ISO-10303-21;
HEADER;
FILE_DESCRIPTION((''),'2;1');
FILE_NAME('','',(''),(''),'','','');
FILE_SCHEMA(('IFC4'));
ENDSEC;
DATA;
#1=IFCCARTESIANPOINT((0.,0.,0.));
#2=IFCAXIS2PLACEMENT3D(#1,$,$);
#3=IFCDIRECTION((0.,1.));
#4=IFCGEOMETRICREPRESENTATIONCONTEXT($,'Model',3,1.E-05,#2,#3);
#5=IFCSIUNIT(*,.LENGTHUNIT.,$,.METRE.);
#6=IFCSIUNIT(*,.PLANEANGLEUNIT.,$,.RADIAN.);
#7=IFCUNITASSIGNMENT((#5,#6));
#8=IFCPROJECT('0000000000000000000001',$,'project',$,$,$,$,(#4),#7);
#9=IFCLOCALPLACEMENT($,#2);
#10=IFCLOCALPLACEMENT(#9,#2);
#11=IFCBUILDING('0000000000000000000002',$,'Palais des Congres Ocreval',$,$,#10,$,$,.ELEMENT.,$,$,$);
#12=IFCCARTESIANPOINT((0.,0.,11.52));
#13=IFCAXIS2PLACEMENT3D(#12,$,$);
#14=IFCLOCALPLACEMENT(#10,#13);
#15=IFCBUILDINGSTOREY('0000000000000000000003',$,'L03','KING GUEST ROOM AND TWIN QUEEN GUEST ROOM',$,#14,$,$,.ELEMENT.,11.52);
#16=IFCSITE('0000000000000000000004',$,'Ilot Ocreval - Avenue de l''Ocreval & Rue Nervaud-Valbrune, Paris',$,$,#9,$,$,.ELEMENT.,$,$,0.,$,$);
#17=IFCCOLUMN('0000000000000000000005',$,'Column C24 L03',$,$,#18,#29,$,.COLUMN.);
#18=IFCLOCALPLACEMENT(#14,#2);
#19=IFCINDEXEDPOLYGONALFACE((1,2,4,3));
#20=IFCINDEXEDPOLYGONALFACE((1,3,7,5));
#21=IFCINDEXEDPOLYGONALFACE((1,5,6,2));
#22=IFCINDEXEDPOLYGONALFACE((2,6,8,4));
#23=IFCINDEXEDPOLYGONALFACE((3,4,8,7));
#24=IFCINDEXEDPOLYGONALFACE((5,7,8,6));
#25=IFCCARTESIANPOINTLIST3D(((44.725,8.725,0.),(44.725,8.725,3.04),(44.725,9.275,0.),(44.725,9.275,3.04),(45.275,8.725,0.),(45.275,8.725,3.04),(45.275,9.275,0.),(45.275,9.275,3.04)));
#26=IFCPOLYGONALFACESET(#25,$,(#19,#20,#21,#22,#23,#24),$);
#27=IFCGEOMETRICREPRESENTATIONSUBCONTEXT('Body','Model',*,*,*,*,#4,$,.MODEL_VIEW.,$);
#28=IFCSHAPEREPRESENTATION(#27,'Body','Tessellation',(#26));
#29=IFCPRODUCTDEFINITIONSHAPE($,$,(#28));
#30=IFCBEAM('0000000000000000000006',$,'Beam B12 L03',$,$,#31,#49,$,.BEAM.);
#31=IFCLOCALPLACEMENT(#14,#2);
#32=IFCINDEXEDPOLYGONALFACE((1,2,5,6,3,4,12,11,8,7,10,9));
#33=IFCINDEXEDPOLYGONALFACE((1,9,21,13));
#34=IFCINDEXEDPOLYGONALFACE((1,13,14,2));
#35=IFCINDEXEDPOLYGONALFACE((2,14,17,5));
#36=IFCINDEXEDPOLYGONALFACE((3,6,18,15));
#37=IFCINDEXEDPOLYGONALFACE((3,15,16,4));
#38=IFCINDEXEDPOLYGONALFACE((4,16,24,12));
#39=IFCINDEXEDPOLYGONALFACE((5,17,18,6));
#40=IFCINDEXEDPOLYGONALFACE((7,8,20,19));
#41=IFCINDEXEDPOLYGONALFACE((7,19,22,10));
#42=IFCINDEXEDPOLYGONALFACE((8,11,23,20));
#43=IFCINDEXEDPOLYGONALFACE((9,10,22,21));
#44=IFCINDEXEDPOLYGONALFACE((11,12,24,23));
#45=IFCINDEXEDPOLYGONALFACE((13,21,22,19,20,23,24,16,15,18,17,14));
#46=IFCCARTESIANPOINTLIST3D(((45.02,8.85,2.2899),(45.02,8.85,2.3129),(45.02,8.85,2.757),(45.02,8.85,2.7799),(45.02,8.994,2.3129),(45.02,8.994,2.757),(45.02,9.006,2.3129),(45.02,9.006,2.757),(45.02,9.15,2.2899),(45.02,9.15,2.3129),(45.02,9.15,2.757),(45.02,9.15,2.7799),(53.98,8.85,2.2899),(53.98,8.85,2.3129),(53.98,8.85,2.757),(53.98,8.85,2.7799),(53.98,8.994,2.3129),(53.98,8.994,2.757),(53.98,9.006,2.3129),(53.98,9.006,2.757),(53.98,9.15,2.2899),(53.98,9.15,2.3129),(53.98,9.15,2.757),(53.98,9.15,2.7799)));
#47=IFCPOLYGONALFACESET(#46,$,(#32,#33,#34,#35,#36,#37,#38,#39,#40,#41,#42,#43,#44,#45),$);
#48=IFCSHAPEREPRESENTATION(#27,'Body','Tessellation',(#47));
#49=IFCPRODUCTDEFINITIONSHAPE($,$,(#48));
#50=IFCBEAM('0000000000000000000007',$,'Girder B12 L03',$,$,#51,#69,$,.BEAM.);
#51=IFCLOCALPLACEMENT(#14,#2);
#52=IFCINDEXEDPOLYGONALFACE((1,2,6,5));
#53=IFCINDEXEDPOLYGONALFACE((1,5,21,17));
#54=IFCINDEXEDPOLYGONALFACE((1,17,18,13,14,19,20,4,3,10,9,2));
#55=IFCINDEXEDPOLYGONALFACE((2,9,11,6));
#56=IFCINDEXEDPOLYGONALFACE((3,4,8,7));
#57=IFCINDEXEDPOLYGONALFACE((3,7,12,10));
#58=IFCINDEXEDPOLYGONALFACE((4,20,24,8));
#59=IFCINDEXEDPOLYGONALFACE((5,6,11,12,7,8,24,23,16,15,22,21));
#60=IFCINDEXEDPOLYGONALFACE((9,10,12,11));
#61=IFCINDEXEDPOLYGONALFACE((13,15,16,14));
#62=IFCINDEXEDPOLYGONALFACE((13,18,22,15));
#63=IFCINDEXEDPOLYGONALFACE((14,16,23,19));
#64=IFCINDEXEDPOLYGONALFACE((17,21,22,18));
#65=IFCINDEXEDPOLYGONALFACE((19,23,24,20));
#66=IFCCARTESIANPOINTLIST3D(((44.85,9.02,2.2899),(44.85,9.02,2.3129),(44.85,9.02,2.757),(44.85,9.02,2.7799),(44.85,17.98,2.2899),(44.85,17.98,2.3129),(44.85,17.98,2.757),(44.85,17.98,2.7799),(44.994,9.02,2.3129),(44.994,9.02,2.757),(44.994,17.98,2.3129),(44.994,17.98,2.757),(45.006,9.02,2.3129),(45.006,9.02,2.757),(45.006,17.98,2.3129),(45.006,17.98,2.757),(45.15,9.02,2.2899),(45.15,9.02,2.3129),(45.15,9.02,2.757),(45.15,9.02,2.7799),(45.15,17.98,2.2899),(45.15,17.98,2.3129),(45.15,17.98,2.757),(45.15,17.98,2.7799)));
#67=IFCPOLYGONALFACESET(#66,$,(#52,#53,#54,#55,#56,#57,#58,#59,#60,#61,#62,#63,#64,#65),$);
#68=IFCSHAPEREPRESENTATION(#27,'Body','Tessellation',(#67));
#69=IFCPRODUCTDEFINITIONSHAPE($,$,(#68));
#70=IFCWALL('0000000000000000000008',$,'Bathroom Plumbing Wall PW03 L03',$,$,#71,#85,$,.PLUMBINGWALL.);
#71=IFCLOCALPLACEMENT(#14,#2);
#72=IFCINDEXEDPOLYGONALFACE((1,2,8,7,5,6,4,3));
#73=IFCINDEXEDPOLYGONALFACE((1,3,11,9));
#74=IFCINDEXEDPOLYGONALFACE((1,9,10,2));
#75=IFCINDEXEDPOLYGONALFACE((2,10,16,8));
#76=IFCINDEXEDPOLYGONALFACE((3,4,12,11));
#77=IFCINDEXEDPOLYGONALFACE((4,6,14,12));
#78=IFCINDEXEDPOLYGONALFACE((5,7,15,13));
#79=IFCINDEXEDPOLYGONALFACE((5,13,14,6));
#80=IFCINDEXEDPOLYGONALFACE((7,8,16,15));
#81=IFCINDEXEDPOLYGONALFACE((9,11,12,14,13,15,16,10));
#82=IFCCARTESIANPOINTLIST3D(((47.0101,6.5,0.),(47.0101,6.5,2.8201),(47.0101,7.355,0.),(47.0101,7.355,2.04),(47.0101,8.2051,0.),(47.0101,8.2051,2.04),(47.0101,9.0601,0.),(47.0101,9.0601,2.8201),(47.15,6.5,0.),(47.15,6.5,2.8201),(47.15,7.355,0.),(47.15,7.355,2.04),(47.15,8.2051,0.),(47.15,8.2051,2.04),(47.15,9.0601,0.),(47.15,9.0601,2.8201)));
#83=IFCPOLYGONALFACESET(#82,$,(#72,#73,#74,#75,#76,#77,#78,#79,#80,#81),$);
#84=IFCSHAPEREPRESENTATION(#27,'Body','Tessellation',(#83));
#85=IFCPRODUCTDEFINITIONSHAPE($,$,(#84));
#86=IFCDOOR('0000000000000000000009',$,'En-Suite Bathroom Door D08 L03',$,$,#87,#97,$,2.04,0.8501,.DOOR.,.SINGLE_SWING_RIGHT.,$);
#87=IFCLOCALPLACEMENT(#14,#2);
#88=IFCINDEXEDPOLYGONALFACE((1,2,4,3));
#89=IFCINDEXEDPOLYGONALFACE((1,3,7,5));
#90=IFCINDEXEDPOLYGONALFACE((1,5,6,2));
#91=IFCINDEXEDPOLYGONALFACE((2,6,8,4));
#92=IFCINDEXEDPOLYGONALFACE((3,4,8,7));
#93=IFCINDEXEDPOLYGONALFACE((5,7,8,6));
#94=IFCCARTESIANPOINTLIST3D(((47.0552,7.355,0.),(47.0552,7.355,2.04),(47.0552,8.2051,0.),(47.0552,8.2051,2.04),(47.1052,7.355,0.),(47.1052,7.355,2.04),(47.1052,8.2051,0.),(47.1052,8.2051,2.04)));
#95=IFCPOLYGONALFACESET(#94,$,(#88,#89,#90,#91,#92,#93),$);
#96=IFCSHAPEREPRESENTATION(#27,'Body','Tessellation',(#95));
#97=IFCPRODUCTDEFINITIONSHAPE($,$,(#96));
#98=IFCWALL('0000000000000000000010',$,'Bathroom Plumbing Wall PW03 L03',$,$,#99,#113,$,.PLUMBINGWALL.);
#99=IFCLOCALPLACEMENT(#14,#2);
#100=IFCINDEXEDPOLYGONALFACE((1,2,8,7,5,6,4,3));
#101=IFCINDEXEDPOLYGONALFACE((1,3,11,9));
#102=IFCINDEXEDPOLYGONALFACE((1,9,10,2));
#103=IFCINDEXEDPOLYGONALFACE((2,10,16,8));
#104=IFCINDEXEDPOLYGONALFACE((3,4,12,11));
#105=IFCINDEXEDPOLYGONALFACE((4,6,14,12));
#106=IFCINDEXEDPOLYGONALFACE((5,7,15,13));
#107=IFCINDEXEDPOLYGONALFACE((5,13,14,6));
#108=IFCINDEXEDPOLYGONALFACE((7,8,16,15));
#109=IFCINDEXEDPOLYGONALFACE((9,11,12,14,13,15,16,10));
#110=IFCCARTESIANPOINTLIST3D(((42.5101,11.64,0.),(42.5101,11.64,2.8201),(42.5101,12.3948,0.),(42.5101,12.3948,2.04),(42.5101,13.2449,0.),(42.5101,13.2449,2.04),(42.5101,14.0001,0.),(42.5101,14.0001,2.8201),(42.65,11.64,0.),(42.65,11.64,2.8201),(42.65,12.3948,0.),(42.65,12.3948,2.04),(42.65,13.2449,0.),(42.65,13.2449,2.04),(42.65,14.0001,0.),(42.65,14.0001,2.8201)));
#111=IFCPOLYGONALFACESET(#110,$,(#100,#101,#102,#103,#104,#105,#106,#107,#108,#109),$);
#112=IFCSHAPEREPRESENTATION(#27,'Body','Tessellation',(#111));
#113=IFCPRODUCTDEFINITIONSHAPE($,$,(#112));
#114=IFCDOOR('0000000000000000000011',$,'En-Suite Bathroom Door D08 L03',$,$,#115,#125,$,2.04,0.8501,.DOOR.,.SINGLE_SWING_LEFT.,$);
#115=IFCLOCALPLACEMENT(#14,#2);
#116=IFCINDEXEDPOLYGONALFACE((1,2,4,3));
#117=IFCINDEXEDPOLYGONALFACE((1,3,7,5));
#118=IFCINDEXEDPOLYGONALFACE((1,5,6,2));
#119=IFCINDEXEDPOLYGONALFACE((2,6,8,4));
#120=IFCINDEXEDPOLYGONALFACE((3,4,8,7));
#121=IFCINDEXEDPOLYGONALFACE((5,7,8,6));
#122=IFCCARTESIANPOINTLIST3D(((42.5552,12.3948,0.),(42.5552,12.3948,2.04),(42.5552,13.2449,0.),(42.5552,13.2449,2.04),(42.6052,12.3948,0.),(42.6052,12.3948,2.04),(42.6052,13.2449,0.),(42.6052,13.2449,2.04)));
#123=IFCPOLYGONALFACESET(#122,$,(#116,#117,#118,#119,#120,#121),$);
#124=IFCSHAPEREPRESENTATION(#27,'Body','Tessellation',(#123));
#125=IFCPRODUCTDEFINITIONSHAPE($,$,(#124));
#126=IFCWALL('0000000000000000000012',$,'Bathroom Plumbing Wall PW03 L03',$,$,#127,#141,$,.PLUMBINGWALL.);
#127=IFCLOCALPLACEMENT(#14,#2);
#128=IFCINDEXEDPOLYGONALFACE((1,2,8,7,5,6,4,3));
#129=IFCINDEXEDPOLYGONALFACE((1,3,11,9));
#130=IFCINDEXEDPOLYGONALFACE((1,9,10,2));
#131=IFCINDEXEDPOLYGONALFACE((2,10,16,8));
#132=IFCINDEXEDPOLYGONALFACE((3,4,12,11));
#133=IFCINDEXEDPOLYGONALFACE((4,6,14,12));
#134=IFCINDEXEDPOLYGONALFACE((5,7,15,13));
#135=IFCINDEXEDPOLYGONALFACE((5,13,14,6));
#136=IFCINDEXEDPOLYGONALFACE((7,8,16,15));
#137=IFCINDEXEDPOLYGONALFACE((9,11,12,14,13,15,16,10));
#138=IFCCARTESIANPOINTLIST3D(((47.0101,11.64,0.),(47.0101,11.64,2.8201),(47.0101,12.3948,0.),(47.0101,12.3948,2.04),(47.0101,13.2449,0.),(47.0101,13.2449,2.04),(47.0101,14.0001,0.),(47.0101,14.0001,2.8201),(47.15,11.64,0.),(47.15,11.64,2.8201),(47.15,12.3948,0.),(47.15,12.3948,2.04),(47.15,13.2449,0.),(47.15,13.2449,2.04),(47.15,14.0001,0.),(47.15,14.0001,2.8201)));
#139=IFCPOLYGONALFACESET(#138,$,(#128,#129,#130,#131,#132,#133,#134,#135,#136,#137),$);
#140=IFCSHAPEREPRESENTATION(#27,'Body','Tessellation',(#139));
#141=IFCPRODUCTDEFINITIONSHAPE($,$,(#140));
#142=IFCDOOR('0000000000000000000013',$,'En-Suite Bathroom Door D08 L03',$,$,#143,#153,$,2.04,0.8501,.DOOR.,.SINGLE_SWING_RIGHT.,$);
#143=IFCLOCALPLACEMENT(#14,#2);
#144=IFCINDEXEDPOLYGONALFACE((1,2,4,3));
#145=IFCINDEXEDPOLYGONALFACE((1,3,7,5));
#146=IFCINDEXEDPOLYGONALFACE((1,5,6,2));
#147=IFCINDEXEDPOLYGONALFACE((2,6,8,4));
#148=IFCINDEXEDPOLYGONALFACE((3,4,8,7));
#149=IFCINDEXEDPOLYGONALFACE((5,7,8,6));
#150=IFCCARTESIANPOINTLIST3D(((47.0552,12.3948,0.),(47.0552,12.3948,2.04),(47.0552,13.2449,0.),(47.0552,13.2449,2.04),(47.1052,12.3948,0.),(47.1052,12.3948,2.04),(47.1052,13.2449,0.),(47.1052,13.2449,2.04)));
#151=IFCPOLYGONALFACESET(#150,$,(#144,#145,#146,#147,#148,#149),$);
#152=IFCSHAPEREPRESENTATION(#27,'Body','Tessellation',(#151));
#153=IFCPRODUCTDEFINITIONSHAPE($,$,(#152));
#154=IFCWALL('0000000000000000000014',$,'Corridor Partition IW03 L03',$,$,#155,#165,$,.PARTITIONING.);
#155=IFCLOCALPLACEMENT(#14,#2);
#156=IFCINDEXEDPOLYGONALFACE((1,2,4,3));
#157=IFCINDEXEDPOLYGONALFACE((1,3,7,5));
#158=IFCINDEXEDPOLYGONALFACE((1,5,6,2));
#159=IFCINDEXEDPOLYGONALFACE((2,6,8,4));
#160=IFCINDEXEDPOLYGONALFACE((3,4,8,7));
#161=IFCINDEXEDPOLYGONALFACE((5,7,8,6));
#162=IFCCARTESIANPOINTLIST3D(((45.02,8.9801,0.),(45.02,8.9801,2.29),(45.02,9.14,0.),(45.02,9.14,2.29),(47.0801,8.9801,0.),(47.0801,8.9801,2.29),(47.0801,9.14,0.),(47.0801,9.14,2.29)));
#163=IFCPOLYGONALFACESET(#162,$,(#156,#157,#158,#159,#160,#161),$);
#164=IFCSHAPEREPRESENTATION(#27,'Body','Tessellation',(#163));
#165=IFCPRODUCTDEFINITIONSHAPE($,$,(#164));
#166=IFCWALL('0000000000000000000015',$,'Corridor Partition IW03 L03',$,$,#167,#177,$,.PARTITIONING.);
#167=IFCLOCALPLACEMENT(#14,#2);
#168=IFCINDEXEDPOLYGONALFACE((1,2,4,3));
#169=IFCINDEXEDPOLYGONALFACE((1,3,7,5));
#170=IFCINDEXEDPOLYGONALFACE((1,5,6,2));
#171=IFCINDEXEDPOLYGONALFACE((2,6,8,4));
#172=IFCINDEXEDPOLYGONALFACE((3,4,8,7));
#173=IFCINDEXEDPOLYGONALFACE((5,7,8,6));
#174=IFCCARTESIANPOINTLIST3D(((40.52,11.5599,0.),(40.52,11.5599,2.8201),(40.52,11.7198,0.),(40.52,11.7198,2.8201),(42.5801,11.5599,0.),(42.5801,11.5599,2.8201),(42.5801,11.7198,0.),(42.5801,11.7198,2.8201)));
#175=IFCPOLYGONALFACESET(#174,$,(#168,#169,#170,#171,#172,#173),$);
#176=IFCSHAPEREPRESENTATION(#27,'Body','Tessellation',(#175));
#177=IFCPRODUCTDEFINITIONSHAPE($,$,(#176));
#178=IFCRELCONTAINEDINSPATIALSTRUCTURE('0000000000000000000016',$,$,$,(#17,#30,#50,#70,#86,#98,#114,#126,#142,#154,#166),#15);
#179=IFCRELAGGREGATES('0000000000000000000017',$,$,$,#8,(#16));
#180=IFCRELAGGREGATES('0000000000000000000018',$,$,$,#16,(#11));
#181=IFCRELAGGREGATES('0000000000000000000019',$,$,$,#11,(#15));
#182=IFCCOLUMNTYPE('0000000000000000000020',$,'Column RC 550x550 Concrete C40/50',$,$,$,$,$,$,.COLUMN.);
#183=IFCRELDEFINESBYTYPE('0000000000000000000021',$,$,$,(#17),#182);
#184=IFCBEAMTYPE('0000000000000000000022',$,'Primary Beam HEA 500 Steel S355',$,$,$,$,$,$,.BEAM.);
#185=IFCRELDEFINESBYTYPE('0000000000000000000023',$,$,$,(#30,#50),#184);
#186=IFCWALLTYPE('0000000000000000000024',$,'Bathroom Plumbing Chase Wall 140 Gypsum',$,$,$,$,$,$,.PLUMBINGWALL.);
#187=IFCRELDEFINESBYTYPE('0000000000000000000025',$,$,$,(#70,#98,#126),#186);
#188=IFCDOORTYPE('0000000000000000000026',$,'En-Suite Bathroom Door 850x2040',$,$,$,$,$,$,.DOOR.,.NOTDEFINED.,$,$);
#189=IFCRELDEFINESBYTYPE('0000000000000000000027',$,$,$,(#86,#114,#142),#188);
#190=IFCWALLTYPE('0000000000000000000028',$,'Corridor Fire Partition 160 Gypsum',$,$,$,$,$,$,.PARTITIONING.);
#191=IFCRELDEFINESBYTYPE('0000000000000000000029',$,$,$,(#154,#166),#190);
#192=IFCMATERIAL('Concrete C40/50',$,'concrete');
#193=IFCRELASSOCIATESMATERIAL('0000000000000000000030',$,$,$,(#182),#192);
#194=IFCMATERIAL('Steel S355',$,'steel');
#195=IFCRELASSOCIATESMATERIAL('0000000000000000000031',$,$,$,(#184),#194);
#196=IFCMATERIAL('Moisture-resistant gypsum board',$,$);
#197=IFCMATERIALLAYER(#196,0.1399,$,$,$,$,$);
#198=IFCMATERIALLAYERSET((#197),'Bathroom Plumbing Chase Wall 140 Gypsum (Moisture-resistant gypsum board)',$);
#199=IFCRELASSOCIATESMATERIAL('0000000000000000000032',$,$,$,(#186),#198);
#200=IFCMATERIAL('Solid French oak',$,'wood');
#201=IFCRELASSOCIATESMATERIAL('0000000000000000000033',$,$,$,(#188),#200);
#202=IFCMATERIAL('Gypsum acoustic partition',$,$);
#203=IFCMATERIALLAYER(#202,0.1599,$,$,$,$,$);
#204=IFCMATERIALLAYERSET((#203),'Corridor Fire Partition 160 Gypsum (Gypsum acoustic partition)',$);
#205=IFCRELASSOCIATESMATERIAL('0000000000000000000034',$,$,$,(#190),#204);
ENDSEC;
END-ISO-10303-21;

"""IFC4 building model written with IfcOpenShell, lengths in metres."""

from ifc_helpers import new_model, si_unit, direction, frame, frame_2d, origin, origin_2d, place, context, subcontext, project, spatial, rectangle, i_section, extrude, material, layer, layer_set, material_profile, profile_set, type_object, element, fill, save


model = new_model("IFC4")

# Units and contexts
model_context = context("Model", 3, precision=1e-05, world=origin(), true_north=direction((0.0, 1.0)))
body_context = subcontext(model_context, "Body", "Model", "MODEL_VIEW")
ifc_project = project(units=[si_unit("LENGTHUNIT", "METRE"), si_unit("PLANEANGLEUNIT", "RADIAN")], contexts=[model_context])

# Site, building, storey
site_placement = place(None, origin())
site = spatial("IfcSite", under=ifc_project, at=site_placement, Name="Ilot Ocreval - Avenue de l'Ocreval & Rue Nervaud-Valbrune, Paris", CompositionType="ELEMENT", RefElevation=0.0)
building_placement = place(site_placement, origin())
building = spatial("IfcBuilding", under=site, at=building_placement, Name="Palais des Congres Ocreval", CompositionType="ELEMENT")
storey_placement = place(building_placement, frame((0.0, 0.0, 11.52)))
storey = spatial("IfcBuildingStorey", under=building, at=storey_placement, Name="L03", Description="KING GUEST ROOM AND TWIN QUEEN GUEST ROOM", CompositionType="ELEMENT", Elevation=11.52)

# Column
ifc_material_1 = material(Name="Concrete C40/50", Category="concrete")
ifc_material_profile_1 = material_profile(ifc_material_1, rectangle(XDim=0.55, YDim=0.55, at=origin_2d()), Name="RC 550x550")
ifc_profile_set_1 = profile_set([ifc_material_profile_1], Name="Concrete C40/50")
column_type = type_object("IfcColumnType", Name="Column RC 550x550 Concrete C40/50", PredefinedType="COLUMN", material=ifc_profile_set_1)
column_placement = place(storey_placement, frame((45.0, 9.0, 0.0), z_axis=(0.0, 0.0, 1.0), x_axis=(1.0, 0.0, 0.0)))
element("IfcColumn", 1, at=column_placement, inside=storey, type_object=column_type, Name="Column C24 L03", PredefinedType="COLUMN", context=body_context, shape_type="SweptSolid", body=[
    extrude(rectangle(XDim=0.55, YDim=0.55, at=origin_2d()), origin(), (0.0, 0.0, 1.0), 3.04),
])

# Beams
ifc_material_2 = material(Name="Steel S355", Category="steel")
ifc_material_profile_2 = material_profile(ifc_material_2, i_section(OverallWidth=0.3, OverallDepth=0.49, WebThickness=0.012, FlangeThickness=0.0229, at=origin_2d()), Name="HEA 500")
ifc_profile_set_2 = profile_set([ifc_material_profile_2], Name="Steel S355")
beam_type = type_object("IfcBeamType", Name="Primary Beam HEA 500 Steel S355", PredefinedType="BEAM", material=ifc_profile_set_2)
for number, where, z_axis, x_axis, name in (
    (2, (45.02, 9.0, 2.5349), (1.0, 0.0, 0.0), (0.0, 1.0, 0.0), "Beam B12 L03"),
    (3, (45.0, 9.02, 2.5349), (0.0, 1.0, 0.0), (-1.0, 0.0, 0.0), "Girder B12 L03"),
):
    element("IfcBeam", number, at=place(storey_placement, frame(where, z_axis=z_axis, x_axis=x_axis)), inside=storey, type_object=beam_type, Name=name, PredefinedType="BEAM", context=body_context, shape_type="SweptSolid", body=[
        extrude(i_section(OverallWidth=0.3, OverallDepth=0.49, WebThickness=0.012, FlangeThickness=0.0229, at=origin_2d()), origin(), (0.0, 0.0, 1.0), 8.96),
    ])

# Walls, openings, doors
ifc_material_3 = material(Name="Moisture-resistant gypsum board")
ifc_layer_1 = layer(ifc_material_3, 0.1399)
ifc_layer_set_1 = layer_set([ifc_layer_1], Name="Bathroom Plumbing Chase Wall 140 Gypsum (Moisture-resistant gypsum board)")
wall_type_1 = type_object("IfcWallType", Name="Bathroom Plumbing Chase Wall 140 Gypsum", PredefinedType="PLUMBINGWALL", material=ifc_layer_set_1)
wall_1_placement = place(storey_placement, frame((47.0801, 6.5, 0.0), z_axis=(0.0, 0.0, 1.0), x_axis=(0.0, 1.0, 0.0)))
wall_1 = element("IfcWall", 4, at=wall_1_placement, inside=storey, type_object=wall_type_1, Name="Bathroom Plumbing Wall PW03 L03", PredefinedType="PLUMBINGWALL", context=body_context, shape_type="SweptSolid", body=[
    extrude(rectangle(XDim=2.5601, YDim=0.1399, at=frame_2d((1.28, 0.0))), origin(), (0.0, 0.0, 1.0), 2.8201),
])
opening_1_placement = place(wall_1_placement, frame((0.855, 0.0, 0.0)))
opening_1 = element("IfcOpeningElement", 5, at=opening_1_placement, cuts=wall_1, PredefinedType="OPENING", context=body_context, shape_type="SweptSolid", body=[
    extrude(rectangle(XDim=0.8501, YDim=2.04, at=frame_2d((0.425, 1.02))), frame((0.0, 0.0798, 0.0), z_axis=(0.0, -1.0, 0.0), x_axis=(1.0, 0.0, 0.0)), (0.0, 0.0, 1.0), 0.1599),
])
ifc_material_4 = material(Name="Solid French oak", Category="wood")
door_type_1 = type_object("IfcDoorType", Name="En-Suite Bathroom Door 850x2040", OperationType="NOTDEFINED", PredefinedType="DOOR", material=ifc_material_4)
door_1_placement = place(opening_1_placement, origin())
door_1 = element("IfcDoor", 6, at=door_1_placement, inside=storey, type_object=door_type_1, Name="En-Suite Bathroom Door D08 L03", OperationType="SINGLE_SWING_RIGHT", OverallHeight=2.04, OverallWidth=0.8501, PredefinedType="DOOR", context=body_context, shape_type="SweptSolid", body=[
    extrude(rectangle(XDim=0.8501, YDim=2.04, at=frame_2d((0.425, 1.02))), frame((0.0, 0.0249, 0.0), z_axis=(0.0, -1.0, 0.0), x_axis=(1.0, 0.0, 0.0)), (0.0, 0.0, 1.0), 0.05),
])
fill(opening_1, door_1)
wall_2_placement = place(storey_placement, frame((42.5801, 11.6399, 0.0), z_axis=(0.0, 0.0, 1.0), x_axis=(0.0, 1.0, 0.0)))
wall_2 = element("IfcWall", 7, at=wall_2_placement, inside=storey, type_object=wall_type_1, Name="Bathroom Plumbing Wall PW03 L03", PredefinedType="PLUMBINGWALL", context=body_context, shape_type="SweptSolid", body=[
    extrude(rectangle(XDim=2.3601, YDim=0.1399, at=frame_2d((1.1802, 0.0))), origin(), (0.0, 0.0, 1.0), 2.8201),
])
opening_2_placement = place(wall_2_placement, frame((0.7549, 0.0, 0.0)))
opening_2 = element("IfcOpeningElement", 8, at=opening_2_placement, cuts=wall_2, PredefinedType="OPENING", context=body_context, shape_type="SweptSolid", body=[
    extrude(rectangle(XDim=0.8501, YDim=2.04, at=frame_2d((0.425, 1.02))), frame((0.0, 0.0798, 0.0), z_axis=(0.0, -1.0, 0.0), x_axis=(1.0, 0.0, 0.0)), (0.0, 0.0, 1.0), 0.1599),
])
door_2_placement = place(opening_2_placement, origin())
door_2 = element("IfcDoor", 9, at=door_2_placement, inside=storey, type_object=door_type_1, Name="En-Suite Bathroom Door D08 L03", OperationType="SINGLE_SWING_LEFT", OverallHeight=2.04, OverallWidth=0.8501, PredefinedType="DOOR", context=body_context, shape_type="SweptSolid", body=[
    extrude(rectangle(XDim=0.8501, YDim=2.04, at=frame_2d((0.425, 1.02))), frame((0.0, 0.0249, 0.0), z_axis=(0.0, -1.0, 0.0), x_axis=(1.0, 0.0, 0.0)), (0.0, 0.0, 1.0), 0.05),
])
fill(opening_2, door_2)
wall_3_placement = place(storey_placement, frame((47.0801, 11.6399, 0.0), z_axis=(0.0, 0.0, 1.0), x_axis=(0.0, 1.0, 0.0)))
wall_3 = element("IfcWall", 10, at=wall_3_placement, inside=storey, type_object=wall_type_1, Name="Bathroom Plumbing Wall PW03 L03", PredefinedType="PLUMBINGWALL", context=body_context, shape_type="SweptSolid", body=[
    extrude(rectangle(XDim=2.3601, YDim=0.1399, at=frame_2d((1.1802, 0.0))), origin(), (0.0, 0.0, 1.0), 2.8201),
])
opening_3_placement = place(wall_3_placement, frame((0.7549, 0.0, 0.0)))
opening_3 = element("IfcOpeningElement", 11, at=opening_3_placement, cuts=wall_3, PredefinedType="OPENING", context=body_context, shape_type="SweptSolid", body=[
    extrude(rectangle(XDim=0.8501, YDim=2.04, at=frame_2d((0.425, 1.02))), frame((0.0, 0.0798, 0.0), z_axis=(0.0, -1.0, 0.0), x_axis=(1.0, 0.0, 0.0)), (0.0, 0.0, 1.0), 0.1599),
])
door_3_placement = place(opening_3_placement, origin())
door_3 = element("IfcDoor", 12, at=door_3_placement, inside=storey, type_object=door_type_1, Name="En-Suite Bathroom Door D08 L03", OperationType="SINGLE_SWING_RIGHT", OverallHeight=2.04, OverallWidth=0.8501, PredefinedType="DOOR", context=body_context, shape_type="SweptSolid", body=[
    extrude(rectangle(XDim=0.8501, YDim=2.04, at=frame_2d((0.425, 1.02))), frame((0.0, 0.0249, 0.0), z_axis=(0.0, -1.0, 0.0), x_axis=(1.0, 0.0, 0.0)), (0.0, 0.0, 1.0), 0.05),
])
fill(opening_3, door_3)

# Walls
ifc_material_5 = material(Name="Gypsum acoustic partition")
ifc_layer_2 = layer(ifc_material_5, 0.1599)
ifc_layer_set_2 = layer_set([ifc_layer_2], Name="Corridor Fire Partition 160 Gypsum (Gypsum acoustic partition)")
wall_type_2 = type_object("IfcWallType", Name="Corridor Fire Partition 160 Gypsum", PredefinedType="PARTITIONING", material=ifc_layer_set_2)
wall_4_placement = place(storey_placement, frame((45.02, 9.0601, 0.0), z_axis=(0.0, 0.0, 1.0), x_axis=(1.0, 0.0, 0.0)))
element("IfcWall", 13, at=wall_4_placement, inside=storey, type_object=wall_type_2, Name="Corridor Partition IW03 L03", PredefinedType="PARTITIONING", context=body_context, shape_type="SweptSolid", body=[
    extrude(rectangle(XDim=2.0601, YDim=0.1599, at=frame_2d((1.03, 0.0))), origin(), (0.0, 0.0, 1.0), 2.29),
])
for number, where, z_axis, x_axis, name in (
    (14, (40.52, 11.6399, 0.0), (0.0, 0.0, 1.0), (1.0, 0.0, 0.0), "Corridor Partition IW03 L03"),
):
    element("IfcWall", number, at=place(storey_placement, frame(where, z_axis=z_axis, x_axis=x_axis)), inside=storey, type_object=wall_type_2, Name=name, PredefinedType="PARTITIONING", context=body_context, shape_type="SweptSolid", body=[
        extrude(rectangle(XDim=2.0601, YDim=0.1599, at=frame_2d((1.03, 0.0))), origin(), (0.0, 0.0, 1.0), 2.8201),
    ])

save(model, "model.ifc")
